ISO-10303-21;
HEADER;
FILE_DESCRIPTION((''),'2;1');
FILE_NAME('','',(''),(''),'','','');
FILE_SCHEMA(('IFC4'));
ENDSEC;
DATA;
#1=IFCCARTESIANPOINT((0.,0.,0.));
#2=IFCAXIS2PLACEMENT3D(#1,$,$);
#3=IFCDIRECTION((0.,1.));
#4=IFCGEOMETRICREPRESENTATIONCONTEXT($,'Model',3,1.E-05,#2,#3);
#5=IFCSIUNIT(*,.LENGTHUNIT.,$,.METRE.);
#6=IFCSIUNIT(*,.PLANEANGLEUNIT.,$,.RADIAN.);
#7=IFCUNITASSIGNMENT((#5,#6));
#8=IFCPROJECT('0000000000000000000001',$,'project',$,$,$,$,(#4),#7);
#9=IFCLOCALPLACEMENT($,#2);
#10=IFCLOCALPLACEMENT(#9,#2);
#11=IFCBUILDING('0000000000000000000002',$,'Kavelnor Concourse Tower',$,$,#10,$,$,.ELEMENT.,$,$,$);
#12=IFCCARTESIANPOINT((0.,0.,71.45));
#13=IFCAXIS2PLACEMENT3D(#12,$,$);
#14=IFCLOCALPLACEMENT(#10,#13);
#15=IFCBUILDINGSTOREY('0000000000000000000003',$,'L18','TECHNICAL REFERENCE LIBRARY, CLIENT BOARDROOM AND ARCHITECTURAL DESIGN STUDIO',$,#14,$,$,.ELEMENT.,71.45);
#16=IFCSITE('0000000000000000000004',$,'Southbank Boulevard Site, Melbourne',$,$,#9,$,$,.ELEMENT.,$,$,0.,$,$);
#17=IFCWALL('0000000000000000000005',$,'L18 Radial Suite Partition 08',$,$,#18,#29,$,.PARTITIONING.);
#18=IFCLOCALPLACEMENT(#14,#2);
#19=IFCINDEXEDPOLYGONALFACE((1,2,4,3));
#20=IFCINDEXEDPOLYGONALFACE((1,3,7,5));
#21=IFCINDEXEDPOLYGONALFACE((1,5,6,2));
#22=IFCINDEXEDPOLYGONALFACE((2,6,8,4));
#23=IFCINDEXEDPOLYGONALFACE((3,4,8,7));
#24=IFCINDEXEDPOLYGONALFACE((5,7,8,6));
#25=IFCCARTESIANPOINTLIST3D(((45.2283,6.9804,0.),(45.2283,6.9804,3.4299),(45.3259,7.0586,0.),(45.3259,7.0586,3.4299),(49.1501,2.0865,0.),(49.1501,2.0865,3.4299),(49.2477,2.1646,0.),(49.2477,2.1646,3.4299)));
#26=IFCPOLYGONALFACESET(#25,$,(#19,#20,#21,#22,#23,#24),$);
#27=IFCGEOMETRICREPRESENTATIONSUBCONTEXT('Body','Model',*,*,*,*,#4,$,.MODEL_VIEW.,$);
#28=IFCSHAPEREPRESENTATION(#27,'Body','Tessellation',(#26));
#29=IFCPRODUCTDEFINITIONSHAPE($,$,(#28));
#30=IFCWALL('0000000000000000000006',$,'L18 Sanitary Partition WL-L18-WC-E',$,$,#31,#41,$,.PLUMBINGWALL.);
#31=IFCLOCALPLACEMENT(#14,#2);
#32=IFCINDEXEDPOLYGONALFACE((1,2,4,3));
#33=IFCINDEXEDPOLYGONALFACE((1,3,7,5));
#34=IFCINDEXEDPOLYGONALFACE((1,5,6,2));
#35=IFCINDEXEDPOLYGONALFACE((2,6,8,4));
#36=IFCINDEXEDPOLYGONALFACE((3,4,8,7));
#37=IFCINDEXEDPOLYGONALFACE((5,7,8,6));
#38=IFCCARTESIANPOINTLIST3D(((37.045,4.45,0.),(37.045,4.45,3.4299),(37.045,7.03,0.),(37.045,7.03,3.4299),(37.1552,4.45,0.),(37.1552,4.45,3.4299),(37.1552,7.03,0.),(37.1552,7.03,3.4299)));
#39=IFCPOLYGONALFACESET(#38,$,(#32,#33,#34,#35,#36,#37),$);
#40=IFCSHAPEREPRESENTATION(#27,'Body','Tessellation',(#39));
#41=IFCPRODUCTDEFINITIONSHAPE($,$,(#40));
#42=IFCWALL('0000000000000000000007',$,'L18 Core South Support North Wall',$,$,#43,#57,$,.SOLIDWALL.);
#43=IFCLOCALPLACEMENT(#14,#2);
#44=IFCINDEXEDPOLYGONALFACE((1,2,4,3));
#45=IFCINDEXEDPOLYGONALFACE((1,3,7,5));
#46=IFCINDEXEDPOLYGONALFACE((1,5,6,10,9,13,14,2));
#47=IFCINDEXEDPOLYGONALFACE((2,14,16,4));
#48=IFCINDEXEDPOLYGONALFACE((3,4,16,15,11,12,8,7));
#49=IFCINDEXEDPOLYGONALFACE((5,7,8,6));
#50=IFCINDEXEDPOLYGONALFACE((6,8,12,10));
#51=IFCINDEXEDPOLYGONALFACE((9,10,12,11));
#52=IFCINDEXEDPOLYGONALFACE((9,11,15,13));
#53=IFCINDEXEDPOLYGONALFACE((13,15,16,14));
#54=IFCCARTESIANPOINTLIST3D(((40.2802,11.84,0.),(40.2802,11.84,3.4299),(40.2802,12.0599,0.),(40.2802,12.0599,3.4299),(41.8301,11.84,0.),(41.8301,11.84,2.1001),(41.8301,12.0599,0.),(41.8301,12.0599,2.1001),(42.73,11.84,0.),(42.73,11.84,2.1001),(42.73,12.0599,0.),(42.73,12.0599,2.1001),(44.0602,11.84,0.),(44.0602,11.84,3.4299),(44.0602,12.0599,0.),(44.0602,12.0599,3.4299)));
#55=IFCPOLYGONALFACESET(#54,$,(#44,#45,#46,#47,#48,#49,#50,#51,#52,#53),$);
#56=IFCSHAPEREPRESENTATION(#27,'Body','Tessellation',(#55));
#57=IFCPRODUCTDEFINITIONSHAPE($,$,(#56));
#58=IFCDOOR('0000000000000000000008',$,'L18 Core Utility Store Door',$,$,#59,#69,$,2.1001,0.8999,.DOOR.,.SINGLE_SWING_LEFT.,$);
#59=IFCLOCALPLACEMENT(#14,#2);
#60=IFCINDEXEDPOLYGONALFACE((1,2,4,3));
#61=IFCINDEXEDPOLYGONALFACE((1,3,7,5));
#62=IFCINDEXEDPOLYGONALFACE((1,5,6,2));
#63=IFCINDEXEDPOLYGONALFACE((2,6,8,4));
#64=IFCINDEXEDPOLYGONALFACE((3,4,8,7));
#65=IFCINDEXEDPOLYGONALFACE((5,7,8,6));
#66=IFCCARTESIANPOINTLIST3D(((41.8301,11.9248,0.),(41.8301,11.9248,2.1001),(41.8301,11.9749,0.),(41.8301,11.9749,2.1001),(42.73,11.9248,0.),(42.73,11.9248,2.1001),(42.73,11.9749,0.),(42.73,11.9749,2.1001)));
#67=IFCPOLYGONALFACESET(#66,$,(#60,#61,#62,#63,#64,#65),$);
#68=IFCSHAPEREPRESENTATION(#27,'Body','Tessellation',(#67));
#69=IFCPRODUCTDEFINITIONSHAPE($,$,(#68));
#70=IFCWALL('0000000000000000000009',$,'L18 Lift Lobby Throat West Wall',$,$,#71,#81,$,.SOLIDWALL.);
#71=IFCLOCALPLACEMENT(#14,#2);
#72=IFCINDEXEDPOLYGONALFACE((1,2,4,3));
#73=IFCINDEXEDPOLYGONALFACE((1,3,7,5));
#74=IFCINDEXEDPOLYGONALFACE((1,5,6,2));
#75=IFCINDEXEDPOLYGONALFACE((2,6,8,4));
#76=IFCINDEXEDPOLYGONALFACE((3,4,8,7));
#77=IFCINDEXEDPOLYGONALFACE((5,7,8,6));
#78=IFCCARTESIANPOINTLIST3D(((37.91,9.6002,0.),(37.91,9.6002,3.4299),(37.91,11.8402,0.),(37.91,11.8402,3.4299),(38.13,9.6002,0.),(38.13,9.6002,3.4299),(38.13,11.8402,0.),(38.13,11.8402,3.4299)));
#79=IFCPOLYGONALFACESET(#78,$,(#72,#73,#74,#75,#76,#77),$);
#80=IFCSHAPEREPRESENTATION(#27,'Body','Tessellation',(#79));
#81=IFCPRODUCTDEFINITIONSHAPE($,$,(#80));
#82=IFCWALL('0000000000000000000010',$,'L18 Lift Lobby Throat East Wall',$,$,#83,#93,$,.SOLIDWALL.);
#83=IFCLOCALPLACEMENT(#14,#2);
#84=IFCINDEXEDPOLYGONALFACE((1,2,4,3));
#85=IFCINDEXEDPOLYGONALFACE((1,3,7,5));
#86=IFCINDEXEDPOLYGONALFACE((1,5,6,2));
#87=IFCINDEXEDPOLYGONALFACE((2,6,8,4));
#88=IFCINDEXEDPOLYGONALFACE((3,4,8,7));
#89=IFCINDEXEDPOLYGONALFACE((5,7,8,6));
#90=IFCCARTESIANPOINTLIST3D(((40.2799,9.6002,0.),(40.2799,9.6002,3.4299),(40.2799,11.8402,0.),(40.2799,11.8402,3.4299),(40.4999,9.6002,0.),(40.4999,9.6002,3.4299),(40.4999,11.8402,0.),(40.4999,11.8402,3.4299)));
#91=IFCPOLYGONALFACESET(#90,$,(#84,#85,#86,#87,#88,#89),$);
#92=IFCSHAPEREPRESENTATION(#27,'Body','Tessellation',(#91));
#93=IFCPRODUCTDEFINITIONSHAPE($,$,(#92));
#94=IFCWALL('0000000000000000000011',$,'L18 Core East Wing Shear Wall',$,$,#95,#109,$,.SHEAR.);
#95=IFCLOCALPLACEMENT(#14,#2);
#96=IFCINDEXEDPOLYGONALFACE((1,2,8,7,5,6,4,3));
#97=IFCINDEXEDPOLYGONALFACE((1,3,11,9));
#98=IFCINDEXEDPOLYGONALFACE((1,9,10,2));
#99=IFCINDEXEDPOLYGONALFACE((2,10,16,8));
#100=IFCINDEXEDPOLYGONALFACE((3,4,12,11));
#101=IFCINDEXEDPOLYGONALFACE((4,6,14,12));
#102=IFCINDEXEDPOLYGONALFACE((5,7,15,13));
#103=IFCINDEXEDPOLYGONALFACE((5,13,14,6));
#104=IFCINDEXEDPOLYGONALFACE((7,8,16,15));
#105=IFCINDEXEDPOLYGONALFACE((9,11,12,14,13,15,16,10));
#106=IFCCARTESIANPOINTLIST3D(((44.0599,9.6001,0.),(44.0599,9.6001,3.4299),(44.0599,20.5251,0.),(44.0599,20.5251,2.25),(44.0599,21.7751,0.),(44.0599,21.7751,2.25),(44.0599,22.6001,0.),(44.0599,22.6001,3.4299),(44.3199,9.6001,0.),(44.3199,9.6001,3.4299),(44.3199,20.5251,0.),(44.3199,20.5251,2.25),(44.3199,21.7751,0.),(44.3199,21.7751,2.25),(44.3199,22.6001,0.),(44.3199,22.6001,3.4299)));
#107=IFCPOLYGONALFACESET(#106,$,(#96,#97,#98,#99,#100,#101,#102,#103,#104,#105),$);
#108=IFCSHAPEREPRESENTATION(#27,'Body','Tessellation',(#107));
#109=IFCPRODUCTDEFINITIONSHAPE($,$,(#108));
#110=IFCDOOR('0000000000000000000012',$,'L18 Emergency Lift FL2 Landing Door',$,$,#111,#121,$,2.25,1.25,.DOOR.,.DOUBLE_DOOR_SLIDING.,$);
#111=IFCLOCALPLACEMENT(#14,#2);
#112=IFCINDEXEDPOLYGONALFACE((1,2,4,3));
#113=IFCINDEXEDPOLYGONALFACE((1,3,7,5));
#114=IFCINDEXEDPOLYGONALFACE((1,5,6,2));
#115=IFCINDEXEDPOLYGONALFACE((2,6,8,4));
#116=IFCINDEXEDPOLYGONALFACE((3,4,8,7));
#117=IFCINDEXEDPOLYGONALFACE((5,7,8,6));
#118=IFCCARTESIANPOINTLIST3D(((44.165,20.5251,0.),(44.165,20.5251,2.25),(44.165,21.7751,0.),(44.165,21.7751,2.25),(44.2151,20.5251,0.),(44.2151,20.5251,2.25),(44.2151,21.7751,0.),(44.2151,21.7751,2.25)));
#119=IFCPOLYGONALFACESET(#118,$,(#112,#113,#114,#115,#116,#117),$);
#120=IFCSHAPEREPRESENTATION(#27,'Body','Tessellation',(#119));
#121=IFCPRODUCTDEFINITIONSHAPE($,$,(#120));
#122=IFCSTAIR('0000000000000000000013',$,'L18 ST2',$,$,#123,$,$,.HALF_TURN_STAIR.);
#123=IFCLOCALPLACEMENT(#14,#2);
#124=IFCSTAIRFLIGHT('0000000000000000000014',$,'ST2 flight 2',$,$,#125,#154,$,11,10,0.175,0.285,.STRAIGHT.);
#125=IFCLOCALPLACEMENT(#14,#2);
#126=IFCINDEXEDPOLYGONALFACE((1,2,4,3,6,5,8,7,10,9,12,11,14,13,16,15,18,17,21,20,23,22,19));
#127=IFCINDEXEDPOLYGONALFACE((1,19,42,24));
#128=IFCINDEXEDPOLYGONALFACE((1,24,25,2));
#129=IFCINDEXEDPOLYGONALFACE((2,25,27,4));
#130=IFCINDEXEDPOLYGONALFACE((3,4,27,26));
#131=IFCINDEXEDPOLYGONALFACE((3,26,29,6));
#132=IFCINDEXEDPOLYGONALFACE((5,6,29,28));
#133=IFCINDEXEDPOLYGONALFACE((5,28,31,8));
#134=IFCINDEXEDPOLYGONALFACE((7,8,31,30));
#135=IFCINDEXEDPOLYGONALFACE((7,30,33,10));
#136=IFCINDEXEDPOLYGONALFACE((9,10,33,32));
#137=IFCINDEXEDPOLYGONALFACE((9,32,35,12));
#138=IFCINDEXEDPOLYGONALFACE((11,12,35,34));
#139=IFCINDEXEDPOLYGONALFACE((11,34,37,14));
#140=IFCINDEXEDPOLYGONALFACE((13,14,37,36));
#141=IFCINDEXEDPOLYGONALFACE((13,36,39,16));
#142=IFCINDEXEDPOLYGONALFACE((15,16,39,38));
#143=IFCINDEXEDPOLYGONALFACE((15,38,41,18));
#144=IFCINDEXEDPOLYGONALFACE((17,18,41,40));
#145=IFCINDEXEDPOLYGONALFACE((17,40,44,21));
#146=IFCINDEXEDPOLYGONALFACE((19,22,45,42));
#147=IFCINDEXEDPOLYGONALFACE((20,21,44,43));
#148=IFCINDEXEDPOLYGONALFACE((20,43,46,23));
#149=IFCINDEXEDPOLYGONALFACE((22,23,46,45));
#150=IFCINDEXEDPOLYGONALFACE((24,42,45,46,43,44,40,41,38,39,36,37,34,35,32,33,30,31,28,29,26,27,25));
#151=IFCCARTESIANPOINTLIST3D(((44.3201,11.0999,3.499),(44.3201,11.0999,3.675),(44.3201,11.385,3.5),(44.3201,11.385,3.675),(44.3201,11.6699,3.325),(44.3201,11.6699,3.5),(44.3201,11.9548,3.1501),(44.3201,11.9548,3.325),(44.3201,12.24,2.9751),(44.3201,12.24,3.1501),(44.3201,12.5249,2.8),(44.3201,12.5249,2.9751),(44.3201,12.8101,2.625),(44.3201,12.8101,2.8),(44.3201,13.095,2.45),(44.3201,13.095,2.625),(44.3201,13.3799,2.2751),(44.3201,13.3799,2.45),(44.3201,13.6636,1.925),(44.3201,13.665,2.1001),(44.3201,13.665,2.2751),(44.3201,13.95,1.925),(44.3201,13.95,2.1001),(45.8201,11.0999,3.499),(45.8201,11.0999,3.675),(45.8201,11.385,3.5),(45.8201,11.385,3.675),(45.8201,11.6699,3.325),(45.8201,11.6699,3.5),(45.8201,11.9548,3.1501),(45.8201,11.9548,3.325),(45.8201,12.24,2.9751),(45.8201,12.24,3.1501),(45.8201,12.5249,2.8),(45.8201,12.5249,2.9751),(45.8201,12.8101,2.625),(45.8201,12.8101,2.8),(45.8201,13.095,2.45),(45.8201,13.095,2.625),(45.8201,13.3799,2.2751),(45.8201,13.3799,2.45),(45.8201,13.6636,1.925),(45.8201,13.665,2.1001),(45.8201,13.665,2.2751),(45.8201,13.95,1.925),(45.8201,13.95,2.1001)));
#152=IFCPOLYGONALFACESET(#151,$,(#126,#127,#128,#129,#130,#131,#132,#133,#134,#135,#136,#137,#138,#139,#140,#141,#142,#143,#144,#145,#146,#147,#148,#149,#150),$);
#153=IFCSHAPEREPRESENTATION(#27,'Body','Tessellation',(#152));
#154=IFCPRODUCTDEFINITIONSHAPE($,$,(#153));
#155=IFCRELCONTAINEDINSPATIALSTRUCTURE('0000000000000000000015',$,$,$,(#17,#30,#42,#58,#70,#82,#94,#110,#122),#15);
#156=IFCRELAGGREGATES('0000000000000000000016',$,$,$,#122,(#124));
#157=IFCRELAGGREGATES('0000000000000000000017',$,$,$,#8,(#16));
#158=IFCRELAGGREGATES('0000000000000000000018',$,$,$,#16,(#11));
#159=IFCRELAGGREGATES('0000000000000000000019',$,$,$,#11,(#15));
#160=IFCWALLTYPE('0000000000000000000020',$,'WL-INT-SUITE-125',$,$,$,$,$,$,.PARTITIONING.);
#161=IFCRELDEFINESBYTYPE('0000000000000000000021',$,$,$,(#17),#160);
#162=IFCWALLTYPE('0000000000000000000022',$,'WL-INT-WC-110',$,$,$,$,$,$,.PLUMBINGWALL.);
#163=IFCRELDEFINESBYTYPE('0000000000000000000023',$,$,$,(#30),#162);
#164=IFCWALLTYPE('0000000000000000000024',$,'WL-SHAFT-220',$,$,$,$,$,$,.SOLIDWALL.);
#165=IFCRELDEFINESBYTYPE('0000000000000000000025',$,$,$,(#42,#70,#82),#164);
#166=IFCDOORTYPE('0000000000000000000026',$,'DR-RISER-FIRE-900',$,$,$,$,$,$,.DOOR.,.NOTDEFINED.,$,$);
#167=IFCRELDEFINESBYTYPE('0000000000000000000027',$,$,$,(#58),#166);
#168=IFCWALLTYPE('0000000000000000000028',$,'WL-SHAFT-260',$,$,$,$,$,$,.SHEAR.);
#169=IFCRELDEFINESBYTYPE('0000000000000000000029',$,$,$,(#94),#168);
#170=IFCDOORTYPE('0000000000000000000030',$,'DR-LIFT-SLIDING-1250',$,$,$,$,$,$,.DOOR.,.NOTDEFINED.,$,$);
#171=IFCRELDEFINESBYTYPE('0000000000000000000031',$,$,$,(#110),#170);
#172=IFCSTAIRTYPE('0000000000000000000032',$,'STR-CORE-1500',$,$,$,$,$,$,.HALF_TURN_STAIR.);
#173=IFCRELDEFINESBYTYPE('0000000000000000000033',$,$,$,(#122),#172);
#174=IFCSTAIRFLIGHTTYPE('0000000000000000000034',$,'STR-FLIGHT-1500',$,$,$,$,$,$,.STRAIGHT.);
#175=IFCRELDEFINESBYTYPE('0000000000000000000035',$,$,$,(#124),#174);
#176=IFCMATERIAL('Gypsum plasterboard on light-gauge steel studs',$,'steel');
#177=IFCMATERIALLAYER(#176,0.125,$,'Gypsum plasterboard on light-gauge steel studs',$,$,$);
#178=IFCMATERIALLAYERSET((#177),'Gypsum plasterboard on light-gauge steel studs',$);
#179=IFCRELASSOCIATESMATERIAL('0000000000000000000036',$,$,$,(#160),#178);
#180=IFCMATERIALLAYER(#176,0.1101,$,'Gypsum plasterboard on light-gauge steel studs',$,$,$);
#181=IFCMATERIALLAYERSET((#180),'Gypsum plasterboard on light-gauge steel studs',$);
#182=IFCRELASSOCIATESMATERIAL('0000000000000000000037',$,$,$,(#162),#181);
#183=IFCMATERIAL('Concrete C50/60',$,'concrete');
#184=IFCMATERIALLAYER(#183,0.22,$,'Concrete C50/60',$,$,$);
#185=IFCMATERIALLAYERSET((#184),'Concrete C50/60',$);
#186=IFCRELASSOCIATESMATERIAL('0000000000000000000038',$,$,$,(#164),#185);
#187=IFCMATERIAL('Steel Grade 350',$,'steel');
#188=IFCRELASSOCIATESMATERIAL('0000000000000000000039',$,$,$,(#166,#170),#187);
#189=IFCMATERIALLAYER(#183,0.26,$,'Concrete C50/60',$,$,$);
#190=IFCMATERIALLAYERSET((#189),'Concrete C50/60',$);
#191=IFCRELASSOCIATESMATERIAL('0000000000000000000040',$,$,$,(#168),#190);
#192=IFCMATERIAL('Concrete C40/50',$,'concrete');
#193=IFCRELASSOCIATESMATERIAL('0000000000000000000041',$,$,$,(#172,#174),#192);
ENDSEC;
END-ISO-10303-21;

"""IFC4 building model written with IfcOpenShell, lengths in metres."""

from ifc_helpers import new_model, si_unit, direction, frame, frame_2d, origin, place, context, subcontext, project, spatial, polyline, rectangle, outline, extrude, material, layer, layer_set, type_object, element, fill, aggregate, save


model = new_model("IFC4")

# Units and contexts
model_context = context("Model", 3, precision=1e-05, world=origin(), true_north=direction((0.0, 1.0)))
body_context = subcontext(model_context, "Body", "Model", "MODEL_VIEW")
ifc_project = project(units=[si_unit("LENGTHUNIT", "METRE"), si_unit("PLANEANGLEUNIT", "RADIAN")], contexts=[model_context])

# Site, building, storey
site_placement = place(None, origin())
site = spatial("IfcSite", under=ifc_project, at=site_placement, Name="Southbank Boulevard Site, Melbourne", CompositionType="ELEMENT", RefElevation=0.0)
building_placement = place(site_placement, origin())
building = spatial("IfcBuilding", under=site, at=building_placement, Name="Kavelnor Concourse Tower", CompositionType="ELEMENT")
storey_placement = place(building_placement, frame((0.0, 0.0, 71.45)))
storey = spatial("IfcBuildingStorey", under=building, at=storey_placement, Name="L18", Description="TECHNICAL REFERENCE LIBRARY, CLIENT BOARDROOM AND ARCHITECTURAL DESIGN STUDIO", CompositionType="ELEMENT", Elevation=71.45)

# Shared definitions
ifc_material_1 = material(Name="Steel Grade 350", Category="steel")

# Walls
ifc_material_2 = material(Name="Gypsum plasterboard on light-gauge steel studs", Category="steel")
ifc_layer_1 = layer(ifc_material_2, 0.125, Name="Gypsum plasterboard on light-gauge steel studs")
ifc_layer_set_1 = layer_set([ifc_layer_1], Name="Gypsum plasterboard on light-gauge steel studs")
wall_type_1 = type_object("IfcWallType", Name="WL-INT-SUITE-125", PredefinedType="PARTITIONING", material=ifc_layer_set_1)
wall_1_placement = place(storey_placement, frame((45.2771, 7.0195, 0.0), z_axis=(0.0, 0.0, 1.0), x_axis=(0.62534, -0.780352, 0.0)))
element("IfcWall", 1, at=wall_1_placement, inside=storey, type_object=wall_type_1, Name="L18 Radial Suite Partition 08", PredefinedType="PARTITIONING", context=body_context, shape_type="SweptSolid", body=[
    extrude(rectangle(XDim=6.2715, YDim=0.125, at=frame_2d((3.1357, 0.0))), origin(), (0.0, 0.0, 1.0), 3.4299),
])
ifc_layer_2 = layer(ifc_material_2, 0.1101, Name="Gypsum plasterboard on light-gauge steel studs")
ifc_layer_set_2 = layer_set([ifc_layer_2], Name="Gypsum plasterboard on light-gauge steel studs")
wall_type_2 = type_object("IfcWallType", Name="WL-INT-WC-110", PredefinedType="PLUMBINGWALL", material=ifc_layer_set_2)
wall_2_placement = place(storey_placement, frame((37.1001, 4.45, 0.0), z_axis=(0.0, 0.0, 1.0), x_axis=(0.0, 1.0, 0.0)))
element("IfcWall", 2, at=wall_2_placement, inside=storey, type_object=wall_type_2, Name="L18 Sanitary Partition WL-L18-WC-E", PredefinedType="PLUMBINGWALL", context=body_context, shape_type="SweptSolid", body=[
    extrude(rectangle(XDim=2.5801, YDim=0.1101, at=frame_2d((1.29, 0.0))), origin(), (0.0, 0.0, 1.0), 3.4299),
])

# Wall, opening, door
ifc_material_3 = material(Name="Concrete C50/60", Category="concrete")
ifc_layer_3 = layer(ifc_material_3, 0.22, Name="Concrete C50/60")
ifc_layer_set_3 = layer_set([ifc_layer_3], Name="Concrete C50/60")
wall_type_3 = type_object("IfcWallType", Name="WL-SHAFT-220", PredefinedType="SOLIDWALL", material=ifc_layer_set_3)
wall_3_placement = place(storey_placement, frame((40.28, 11.95, 0.0), z_axis=(0.0, 0.0, 1.0), x_axis=(1.0, 0.0, 0.0)))
wall_3 = element("IfcWall", 3, at=wall_3_placement, inside=storey, type_object=wall_type_3, Name="L18 Core South Support North Wall", PredefinedType="SOLIDWALL", context=body_context, shape_type="SweptSolid", body=[
    extrude(rectangle(XDim=3.78, YDim=0.22, at=frame_2d((1.8901, 0.0))), origin(), (0.0, 0.0, 1.0), 3.4299),
])
opening_1_placement = place(wall_3_placement, frame((1.55, 0.0, 0.0)))
opening_1 = element("IfcOpeningElement", 4, at=opening_1_placement, cuts=wall_3, PredefinedType="OPENING", context=body_context, shape_type="SweptSolid", body=[
    extrude(rectangle(XDim=0.8999, YDim=2.1001, at=frame_2d((0.45, 1.05))), frame((0.0, 0.1201, 0.0), z_axis=(0.0, -1.0, 0.0), x_axis=(1.0, 0.0, 0.0)), (0.0, 0.0, 1.0), 0.24),
])
door_type_1 = type_object("IfcDoorType", Name="DR-RISER-FIRE-900", OperationType="NOTDEFINED", PredefinedType="DOOR", material=ifc_material_1)
door_1_placement = place(opening_1_placement, origin())
door_1 = element("IfcDoor", 5, at=door_1_placement, inside=storey, type_object=door_type_1, Name="L18 Core Utility Store Door", OperationType="SINGLE_SWING_LEFT", OverallHeight=2.1001, OverallWidth=0.8999, PredefinedType="DOOR", context=body_context, shape_type="SweptSolid", body=[
    extrude(rectangle(XDim=0.8999, YDim=2.1001, at=frame_2d((0.45, 1.05))), frame((0.0, 0.0249, 0.0), z_axis=(0.0, -1.0, 0.0), x_axis=(1.0, 0.0, 0.0)), (0.0, 0.0, 1.0), 0.05),
])
fill(opening_1, door_1)

# Walls
for number, where, z_axis, x_axis, name in (
    (6, (38.02, 9.6001, 0.0), (0.0, 0.0, 1.0), (0.0, 1.0, 0.0), "L18 Lift Lobby Throat West Wall"),
    (7, (40.3899, 9.6001, 0.0), (0.0, 0.0, 1.0), (0.0, 1.0, 0.0), "L18 Lift Lobby Throat East Wall"),
):
    element("IfcWall", number, at=place(storey_placement, frame(where, z_axis=z_axis, x_axis=x_axis)), inside=storey, type_object=wall_type_3, Name=name, PredefinedType="SOLIDWALL", context=body_context, shape_type="SweptSolid", body=[
        extrude(rectangle(XDim=2.24, YDim=0.22, at=frame_2d((1.1201, 0.0))), origin(), (0.0, 0.0, 1.0), 3.4299),
    ])

# Wall, opening, door
ifc_layer_4 = layer(ifc_material_3, 0.26, Name="Concrete C50/60")
ifc_layer_set_4 = layer_set([ifc_layer_4], Name="Concrete C50/60")
wall_type_4 = type_object("IfcWallType", Name="WL-SHAFT-260", PredefinedType="SHEAR", material=ifc_layer_set_4)
wall_4_placement = place(storey_placement, frame((44.1899, 9.6001, 0.0), z_axis=(0.0, 0.0, 1.0), x_axis=(0.0, 1.0, 0.0)))
wall_4 = element("IfcWall", 8, at=wall_4_placement, inside=storey, type_object=wall_type_4, Name="L18 Core East Wing Shear Wall", PredefinedType="SHEAR", context=body_context, shape_type="SweptSolid", body=[
    extrude(rectangle(XDim=13.0, YDim=0.26, at=frame_2d((6.5, 0.0))), origin(), (0.0, 0.0, 1.0), 3.4299),
])
opening_2_placement = place(wall_4_placement, frame((10.925, 0.0, 0.0)))
opening_2 = element("IfcOpeningElement", 9, at=opening_2_placement, cuts=wall_4, PredefinedType="OPENING", context=body_context, shape_type="SweptSolid", body=[
    extrude(rectangle(XDim=1.25, YDim=2.25, at=frame_2d((0.625, 1.125))), frame((0.0, 0.1401, 0.0), z_axis=(0.0, -1.0, 0.0), x_axis=(1.0, 0.0, 0.0)), (0.0, 0.0, 1.0), 0.28),
])
door_type_2 = type_object("IfcDoorType", Name="DR-LIFT-SLIDING-1250", OperationType="NOTDEFINED", PredefinedType="DOOR", material=ifc_material_1)
door_2_placement = place(opening_2_placement, origin())
door_2 = element("IfcDoor", 10, at=door_2_placement, inside=storey, type_object=door_type_2, Name="L18 Emergency Lift FL2 Landing Door", OperationType="DOUBLE_DOOR_SLIDING", OverallHeight=2.25, OverallWidth=1.25, PredefinedType="DOOR", context=body_context, shape_type="SweptSolid", body=[
    extrude(rectangle(XDim=1.25, YDim=2.25, at=frame_2d((0.625, 1.125))), frame((0.0, 0.0249, 0.0), z_axis=(0.0, -1.0, 0.0), x_axis=(1.0, 0.0, 0.0)), (0.0, 0.0, 1.0), 0.05),
])
fill(opening_2, door_2)

# Stair, stair flight
ifc_material_4 = material(Name="Concrete C40/50", Category="concrete")
stair_type = type_object("IfcStairType", Name="STR-CORE-1500", PredefinedType="HALF_TURN_STAIR", material=ifc_material_4)
stair_placement = place(storey_placement, origin())
stair = element("IfcStair", 11, at=stair_placement, inside=storey, type_object=stair_type, Name="L18 ST2", PredefinedType="HALF_TURN_STAIR")
stair_flight_type = type_object("IfcStairFlightType", Name="STR-FLIGHT-1500", PredefinedType="STRAIGHT", material=ifc_material_4)
stair_flight_placement = place(storey_placement, frame((45.0701, 13.95, 1.925), z_axis=(0.0, 0.0, 1.0), x_axis=(0.0, -1.0, 0.0)))
stair_flight = element("IfcStairFlight", 12, at=stair_flight_placement, type_object=stair_flight_type, Name="ST2 flight 2", NumberOfRisers=11, NumberOfTreads=10, PredefinedType="STRAIGHT", RiserHeight=0.175, TreadLength=0.285, context=body_context, shape_type="SweptSolid", body=[
    extrude(outline(polyline([(0.0, 0.0), (0.0, 0.175), (0.2849, 0.175), (0.2849, 0.3501), (0.5701, 0.3501), (0.5701, 0.5249), (0.855, 0.5249), (0.855, 0.7), (1.1399, 0.7), (1.1399, 0.875), (1.425, 0.875), (1.425, 1.05), (1.71, 1.05), (1.71, 1.2251), (1.9951, 1.2251), (1.9951, 1.3999), (2.28, 1.3999), (2.28, 1.575), (2.5649, 1.575), (2.5649, 1.75), (2.8501, 1.75), (2.8501, 1.925), (2.8501, 1.574), (0.2864, 0.0), (0.0, 0.0)])), frame((0.0, 0.75, 0.0), z_axis=(0.0, -1.0, 0.0), x_axis=(1.0, 0.0, 0.0)), (0.0, 0.0, 1.0), 1.5),
])
aggregate(stair, [stair_flight])

save(model, "model.ifc")
